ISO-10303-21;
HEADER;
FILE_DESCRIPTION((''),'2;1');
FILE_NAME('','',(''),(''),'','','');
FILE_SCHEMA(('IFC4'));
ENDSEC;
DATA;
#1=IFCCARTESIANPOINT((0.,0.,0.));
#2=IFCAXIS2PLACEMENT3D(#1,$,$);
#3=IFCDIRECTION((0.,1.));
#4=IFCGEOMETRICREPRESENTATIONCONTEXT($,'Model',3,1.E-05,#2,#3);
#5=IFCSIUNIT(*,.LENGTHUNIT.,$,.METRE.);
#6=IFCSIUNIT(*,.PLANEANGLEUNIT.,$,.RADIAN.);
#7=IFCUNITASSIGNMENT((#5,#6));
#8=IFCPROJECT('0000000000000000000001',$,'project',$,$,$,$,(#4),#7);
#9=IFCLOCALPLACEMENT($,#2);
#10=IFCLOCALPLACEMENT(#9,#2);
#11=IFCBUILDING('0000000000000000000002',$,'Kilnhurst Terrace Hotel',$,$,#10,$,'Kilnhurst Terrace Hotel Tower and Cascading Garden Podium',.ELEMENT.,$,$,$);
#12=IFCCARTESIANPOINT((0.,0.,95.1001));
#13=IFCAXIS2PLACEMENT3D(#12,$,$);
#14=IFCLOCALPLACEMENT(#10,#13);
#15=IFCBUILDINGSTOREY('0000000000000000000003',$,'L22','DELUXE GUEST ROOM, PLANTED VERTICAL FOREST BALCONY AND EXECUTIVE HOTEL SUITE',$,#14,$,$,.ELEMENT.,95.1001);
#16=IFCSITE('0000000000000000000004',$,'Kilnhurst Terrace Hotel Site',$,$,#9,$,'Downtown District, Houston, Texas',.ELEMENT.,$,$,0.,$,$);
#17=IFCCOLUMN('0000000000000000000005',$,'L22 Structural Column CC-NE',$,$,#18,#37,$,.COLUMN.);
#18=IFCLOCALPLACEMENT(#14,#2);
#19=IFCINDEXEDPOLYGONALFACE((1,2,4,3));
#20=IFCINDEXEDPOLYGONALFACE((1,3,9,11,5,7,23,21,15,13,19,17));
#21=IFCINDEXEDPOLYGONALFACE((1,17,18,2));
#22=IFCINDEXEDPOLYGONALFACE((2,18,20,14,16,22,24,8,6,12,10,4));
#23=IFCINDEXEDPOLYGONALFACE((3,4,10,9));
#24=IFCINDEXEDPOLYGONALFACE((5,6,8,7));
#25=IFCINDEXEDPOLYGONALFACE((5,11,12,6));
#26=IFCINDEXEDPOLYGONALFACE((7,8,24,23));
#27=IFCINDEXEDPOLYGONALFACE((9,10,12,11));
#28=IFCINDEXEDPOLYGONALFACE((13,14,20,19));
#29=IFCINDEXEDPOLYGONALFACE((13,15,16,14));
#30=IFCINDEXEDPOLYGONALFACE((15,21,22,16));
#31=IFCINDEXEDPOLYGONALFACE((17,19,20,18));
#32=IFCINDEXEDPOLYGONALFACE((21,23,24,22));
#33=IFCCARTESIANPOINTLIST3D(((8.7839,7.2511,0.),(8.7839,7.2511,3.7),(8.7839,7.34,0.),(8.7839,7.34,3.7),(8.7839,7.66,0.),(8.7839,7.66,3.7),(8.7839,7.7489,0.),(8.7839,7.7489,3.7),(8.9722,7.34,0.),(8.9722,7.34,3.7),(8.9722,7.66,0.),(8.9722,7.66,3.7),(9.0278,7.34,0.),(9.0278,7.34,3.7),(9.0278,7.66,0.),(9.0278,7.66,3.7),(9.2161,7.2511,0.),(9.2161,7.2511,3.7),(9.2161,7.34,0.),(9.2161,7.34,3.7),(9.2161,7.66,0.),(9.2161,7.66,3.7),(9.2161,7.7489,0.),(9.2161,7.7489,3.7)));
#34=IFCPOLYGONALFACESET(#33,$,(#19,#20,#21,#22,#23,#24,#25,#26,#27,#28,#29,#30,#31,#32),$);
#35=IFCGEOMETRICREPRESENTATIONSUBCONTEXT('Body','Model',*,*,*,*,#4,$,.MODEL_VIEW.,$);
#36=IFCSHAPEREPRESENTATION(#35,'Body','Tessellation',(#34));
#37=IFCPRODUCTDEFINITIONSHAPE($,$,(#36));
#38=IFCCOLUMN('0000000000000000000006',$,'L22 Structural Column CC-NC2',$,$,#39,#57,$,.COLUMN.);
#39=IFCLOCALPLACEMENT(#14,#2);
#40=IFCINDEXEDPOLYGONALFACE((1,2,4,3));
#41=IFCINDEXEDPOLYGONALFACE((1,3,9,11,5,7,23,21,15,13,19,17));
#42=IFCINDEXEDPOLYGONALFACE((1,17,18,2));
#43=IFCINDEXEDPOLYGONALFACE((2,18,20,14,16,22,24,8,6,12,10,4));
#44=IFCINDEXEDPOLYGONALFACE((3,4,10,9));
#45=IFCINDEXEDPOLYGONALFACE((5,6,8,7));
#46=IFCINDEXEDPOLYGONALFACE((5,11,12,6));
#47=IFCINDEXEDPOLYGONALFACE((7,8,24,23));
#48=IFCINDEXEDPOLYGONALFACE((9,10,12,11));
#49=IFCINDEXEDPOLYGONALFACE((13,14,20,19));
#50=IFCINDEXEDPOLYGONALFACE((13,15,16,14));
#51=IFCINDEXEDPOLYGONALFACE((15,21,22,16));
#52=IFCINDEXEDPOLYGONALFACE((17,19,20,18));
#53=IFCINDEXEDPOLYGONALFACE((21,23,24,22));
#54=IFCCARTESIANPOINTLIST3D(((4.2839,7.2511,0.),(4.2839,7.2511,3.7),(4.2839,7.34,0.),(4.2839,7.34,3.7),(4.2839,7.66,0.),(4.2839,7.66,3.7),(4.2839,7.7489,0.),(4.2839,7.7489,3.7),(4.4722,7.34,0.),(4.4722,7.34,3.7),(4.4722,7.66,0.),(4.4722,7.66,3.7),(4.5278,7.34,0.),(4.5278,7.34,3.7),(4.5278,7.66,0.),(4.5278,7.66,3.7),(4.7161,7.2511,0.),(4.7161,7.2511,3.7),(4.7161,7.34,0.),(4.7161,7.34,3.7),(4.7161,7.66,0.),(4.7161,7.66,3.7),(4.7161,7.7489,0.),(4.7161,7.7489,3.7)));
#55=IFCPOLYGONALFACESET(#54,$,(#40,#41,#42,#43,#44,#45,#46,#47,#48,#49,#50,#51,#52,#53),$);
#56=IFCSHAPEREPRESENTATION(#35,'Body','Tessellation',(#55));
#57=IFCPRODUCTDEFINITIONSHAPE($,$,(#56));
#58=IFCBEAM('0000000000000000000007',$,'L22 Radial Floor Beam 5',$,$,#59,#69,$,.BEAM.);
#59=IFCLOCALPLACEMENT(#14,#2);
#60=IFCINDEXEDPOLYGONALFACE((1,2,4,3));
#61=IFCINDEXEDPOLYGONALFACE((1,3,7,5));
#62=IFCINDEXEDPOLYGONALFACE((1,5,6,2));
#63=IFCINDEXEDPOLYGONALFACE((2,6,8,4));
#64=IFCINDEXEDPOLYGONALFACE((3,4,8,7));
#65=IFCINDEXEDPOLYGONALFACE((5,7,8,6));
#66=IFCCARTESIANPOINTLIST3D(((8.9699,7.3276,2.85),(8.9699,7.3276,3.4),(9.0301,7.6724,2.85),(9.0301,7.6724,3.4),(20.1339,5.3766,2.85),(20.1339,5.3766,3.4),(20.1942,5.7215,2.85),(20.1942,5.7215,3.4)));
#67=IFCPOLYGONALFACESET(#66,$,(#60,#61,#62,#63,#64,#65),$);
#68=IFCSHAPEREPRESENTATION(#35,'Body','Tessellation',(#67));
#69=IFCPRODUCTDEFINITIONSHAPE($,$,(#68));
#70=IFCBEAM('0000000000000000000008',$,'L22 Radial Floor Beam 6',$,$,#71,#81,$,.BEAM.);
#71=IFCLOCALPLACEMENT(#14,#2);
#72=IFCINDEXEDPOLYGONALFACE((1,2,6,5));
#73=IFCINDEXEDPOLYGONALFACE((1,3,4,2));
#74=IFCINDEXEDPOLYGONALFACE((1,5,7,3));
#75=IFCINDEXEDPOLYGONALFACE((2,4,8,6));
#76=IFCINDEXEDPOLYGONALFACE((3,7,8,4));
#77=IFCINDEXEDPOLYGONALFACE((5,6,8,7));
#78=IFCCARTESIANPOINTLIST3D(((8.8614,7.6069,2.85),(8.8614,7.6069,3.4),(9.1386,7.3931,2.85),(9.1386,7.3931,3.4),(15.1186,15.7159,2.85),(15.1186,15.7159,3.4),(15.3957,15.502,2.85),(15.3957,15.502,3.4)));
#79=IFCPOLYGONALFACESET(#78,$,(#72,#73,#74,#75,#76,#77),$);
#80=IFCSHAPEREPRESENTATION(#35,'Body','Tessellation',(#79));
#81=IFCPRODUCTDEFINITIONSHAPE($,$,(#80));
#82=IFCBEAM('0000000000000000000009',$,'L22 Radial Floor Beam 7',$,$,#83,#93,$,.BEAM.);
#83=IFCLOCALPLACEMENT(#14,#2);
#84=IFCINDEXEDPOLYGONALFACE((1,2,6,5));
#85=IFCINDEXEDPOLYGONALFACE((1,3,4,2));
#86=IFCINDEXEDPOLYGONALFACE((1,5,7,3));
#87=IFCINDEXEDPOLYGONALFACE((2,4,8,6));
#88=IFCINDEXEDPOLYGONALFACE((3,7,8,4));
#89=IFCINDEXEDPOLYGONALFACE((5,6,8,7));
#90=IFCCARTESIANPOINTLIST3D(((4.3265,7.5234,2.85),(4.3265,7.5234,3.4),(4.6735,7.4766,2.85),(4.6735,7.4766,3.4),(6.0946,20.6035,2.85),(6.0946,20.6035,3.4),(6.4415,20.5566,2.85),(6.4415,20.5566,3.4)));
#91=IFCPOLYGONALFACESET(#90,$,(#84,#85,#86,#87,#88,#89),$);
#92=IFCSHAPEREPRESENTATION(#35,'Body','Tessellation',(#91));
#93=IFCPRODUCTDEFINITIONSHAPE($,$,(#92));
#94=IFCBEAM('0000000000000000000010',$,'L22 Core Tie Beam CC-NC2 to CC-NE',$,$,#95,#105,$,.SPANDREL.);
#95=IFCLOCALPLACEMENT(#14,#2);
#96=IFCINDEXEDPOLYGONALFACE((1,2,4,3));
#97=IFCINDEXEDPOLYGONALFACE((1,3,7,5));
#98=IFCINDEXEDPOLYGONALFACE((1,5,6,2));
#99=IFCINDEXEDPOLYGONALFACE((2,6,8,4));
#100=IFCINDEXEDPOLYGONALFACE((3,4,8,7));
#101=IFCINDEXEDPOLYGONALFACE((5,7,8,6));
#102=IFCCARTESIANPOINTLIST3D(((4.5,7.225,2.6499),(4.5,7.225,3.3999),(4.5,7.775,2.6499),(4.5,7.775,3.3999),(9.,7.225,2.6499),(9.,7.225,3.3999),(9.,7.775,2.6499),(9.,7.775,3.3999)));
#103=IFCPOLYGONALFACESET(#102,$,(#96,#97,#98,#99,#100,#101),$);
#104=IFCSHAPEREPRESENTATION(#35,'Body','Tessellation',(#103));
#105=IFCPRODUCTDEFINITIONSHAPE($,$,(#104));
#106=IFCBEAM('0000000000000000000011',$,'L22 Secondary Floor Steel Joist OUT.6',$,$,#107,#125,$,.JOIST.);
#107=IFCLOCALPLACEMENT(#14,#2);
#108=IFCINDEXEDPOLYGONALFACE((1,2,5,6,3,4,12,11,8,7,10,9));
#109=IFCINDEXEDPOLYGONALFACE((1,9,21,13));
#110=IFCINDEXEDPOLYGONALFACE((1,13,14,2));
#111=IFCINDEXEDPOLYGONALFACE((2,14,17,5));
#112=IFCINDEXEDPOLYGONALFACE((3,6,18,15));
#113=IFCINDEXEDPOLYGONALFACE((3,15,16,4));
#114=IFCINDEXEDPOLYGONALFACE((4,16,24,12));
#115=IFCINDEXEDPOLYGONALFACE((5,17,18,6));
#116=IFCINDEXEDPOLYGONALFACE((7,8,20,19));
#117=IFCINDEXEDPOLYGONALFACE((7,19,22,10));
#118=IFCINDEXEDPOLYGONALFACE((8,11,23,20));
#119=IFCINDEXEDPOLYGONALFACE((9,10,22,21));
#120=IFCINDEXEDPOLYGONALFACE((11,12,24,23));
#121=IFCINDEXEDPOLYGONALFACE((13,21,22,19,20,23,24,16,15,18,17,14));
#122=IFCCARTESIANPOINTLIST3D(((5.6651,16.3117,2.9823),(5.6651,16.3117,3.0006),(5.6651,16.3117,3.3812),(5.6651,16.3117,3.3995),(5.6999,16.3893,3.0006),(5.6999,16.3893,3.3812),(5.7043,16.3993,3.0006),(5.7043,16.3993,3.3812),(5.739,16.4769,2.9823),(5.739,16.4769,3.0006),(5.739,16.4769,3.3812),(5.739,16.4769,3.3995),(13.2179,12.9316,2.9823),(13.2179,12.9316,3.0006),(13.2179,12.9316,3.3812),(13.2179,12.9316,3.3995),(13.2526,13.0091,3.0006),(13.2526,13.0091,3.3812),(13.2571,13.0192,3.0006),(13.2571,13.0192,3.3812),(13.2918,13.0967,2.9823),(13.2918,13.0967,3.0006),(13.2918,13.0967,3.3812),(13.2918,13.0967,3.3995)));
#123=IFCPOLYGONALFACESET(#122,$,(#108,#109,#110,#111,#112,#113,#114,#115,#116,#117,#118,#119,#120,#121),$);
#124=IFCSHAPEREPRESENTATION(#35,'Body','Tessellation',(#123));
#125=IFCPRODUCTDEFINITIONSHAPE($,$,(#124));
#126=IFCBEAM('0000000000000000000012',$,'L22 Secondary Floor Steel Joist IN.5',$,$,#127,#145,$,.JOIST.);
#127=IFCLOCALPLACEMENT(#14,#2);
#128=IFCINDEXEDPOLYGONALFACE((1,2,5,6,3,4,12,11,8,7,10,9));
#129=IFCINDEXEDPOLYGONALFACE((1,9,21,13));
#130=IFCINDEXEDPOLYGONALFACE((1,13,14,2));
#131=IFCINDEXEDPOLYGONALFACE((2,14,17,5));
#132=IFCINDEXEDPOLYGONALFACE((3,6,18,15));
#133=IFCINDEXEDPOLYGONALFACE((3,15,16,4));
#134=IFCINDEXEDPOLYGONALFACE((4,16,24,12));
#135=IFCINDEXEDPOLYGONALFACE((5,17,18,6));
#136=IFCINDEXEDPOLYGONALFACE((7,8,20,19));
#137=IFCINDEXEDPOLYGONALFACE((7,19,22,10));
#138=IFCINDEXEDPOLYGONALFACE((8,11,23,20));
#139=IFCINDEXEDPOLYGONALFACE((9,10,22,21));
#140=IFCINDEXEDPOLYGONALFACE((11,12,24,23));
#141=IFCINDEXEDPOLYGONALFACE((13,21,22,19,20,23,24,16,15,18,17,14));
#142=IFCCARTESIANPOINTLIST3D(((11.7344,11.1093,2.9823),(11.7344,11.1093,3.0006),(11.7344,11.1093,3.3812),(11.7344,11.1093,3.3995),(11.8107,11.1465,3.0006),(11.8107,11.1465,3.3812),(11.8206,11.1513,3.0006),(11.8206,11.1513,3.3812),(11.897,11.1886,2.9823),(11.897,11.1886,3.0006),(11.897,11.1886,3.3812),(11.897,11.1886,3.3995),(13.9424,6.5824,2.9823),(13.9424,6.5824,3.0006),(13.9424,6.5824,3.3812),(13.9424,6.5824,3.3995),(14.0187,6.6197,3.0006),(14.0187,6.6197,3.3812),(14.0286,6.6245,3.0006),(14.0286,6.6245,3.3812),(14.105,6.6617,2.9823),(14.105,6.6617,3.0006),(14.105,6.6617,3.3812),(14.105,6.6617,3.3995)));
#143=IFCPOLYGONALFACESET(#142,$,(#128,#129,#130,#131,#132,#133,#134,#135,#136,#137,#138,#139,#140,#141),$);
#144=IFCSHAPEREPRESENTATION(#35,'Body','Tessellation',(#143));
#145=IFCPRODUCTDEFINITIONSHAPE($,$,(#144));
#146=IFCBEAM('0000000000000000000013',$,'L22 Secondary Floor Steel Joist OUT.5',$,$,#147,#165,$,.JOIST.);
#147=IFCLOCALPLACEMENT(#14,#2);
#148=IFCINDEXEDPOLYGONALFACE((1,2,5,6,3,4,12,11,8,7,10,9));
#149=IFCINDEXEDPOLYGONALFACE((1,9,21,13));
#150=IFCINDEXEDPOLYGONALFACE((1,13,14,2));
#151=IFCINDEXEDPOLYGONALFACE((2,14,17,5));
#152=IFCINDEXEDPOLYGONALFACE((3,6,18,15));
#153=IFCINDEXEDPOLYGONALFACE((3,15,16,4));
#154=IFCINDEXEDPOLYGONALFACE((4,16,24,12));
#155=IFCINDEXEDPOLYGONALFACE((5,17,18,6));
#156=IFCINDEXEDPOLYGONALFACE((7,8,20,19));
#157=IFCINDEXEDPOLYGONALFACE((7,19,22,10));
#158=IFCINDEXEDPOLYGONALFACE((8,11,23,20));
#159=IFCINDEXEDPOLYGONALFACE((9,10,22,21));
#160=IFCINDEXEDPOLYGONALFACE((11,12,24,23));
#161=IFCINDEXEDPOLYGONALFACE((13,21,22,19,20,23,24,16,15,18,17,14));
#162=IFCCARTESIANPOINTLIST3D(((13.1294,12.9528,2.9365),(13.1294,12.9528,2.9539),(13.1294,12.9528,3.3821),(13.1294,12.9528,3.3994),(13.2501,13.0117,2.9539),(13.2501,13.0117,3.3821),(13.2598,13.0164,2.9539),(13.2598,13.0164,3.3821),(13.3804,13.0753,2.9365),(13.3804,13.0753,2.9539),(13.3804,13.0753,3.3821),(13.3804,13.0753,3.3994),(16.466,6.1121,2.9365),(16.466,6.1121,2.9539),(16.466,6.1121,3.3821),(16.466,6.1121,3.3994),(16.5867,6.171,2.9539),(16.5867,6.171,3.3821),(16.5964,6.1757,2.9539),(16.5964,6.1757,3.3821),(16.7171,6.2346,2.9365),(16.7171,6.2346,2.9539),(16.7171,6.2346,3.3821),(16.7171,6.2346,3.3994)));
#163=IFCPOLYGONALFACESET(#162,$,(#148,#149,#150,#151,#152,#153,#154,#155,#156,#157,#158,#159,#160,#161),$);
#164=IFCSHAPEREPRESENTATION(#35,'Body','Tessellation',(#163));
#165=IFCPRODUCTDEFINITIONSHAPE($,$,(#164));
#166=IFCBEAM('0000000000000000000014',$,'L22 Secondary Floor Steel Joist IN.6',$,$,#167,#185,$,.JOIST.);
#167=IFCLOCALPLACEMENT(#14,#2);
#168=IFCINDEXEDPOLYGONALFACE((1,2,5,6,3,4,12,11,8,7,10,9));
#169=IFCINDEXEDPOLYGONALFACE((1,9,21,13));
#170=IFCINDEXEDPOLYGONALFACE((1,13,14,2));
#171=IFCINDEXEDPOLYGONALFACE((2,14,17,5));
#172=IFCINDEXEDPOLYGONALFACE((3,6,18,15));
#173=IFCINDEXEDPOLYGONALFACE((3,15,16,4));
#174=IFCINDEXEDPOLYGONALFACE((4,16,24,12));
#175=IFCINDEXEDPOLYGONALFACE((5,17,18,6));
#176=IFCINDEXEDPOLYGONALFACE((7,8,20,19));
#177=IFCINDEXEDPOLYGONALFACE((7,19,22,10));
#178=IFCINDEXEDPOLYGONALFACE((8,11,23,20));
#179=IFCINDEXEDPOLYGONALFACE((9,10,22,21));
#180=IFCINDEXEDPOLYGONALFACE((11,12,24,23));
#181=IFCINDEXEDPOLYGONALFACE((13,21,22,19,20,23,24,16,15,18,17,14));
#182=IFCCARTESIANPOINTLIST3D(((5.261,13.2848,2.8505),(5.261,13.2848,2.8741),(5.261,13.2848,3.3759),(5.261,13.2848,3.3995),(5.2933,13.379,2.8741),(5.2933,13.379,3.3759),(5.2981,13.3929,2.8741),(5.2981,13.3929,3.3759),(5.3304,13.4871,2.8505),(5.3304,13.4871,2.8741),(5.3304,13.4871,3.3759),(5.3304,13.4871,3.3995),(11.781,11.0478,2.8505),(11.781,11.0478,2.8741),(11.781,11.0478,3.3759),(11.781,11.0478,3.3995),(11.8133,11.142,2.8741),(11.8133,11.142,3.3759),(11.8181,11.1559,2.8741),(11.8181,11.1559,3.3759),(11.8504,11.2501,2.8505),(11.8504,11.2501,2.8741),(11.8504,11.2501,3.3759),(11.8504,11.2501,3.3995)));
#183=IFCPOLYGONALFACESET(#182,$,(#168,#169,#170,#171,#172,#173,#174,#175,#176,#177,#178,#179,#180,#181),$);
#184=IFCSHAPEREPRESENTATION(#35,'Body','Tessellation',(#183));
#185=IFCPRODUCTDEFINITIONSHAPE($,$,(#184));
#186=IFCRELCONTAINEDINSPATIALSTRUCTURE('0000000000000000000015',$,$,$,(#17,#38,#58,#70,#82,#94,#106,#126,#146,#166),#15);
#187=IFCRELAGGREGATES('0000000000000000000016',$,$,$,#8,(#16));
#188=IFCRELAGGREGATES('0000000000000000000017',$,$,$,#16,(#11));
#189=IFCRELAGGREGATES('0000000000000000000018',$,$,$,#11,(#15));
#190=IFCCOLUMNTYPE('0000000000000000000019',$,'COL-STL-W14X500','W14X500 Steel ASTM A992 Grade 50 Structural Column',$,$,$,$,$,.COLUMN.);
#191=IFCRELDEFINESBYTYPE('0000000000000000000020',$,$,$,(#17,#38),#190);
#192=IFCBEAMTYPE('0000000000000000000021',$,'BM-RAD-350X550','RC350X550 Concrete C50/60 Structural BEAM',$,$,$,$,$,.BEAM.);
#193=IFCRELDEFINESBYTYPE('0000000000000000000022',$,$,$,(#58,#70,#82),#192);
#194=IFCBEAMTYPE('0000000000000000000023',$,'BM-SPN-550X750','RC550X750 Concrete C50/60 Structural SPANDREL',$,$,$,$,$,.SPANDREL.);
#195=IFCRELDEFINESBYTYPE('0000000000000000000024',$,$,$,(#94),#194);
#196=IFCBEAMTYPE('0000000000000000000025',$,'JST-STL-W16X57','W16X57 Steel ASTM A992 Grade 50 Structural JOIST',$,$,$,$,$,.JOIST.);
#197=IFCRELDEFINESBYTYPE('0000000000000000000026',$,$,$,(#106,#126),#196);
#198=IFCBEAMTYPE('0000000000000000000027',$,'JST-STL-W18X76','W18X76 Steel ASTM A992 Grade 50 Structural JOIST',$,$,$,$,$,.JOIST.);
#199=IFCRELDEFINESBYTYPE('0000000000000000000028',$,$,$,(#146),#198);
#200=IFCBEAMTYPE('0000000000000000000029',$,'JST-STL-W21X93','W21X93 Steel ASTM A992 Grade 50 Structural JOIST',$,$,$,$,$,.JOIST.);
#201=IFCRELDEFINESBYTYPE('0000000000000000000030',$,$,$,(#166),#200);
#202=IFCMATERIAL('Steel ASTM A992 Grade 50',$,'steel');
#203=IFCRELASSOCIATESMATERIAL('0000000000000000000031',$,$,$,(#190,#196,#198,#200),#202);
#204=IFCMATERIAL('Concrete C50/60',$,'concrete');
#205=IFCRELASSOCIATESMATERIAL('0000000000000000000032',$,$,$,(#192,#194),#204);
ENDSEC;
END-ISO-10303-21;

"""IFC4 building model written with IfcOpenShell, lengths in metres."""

from ifc_helpers import new_model, si_unit, direction, frame, origin, origin_2d, place, context, subcontext, project, spatial, rectangle, i_section, extrude, material, material_profile, profile_set, type_object, element, save


model = new_model("IFC4")

# Units and contexts
model_context = context("Model", 3, precision=1e-05, world=origin(), true_north=direction((0.0, 1.0)))
body_context = subcontext(model_context, "Body", "Model", "MODEL_VIEW")
ifc_project = project(units=[si_unit("LENGTHUNIT", "METRE"), si_unit("PLANEANGLEUNIT", "RADIAN")], contexts=[model_context])

# Site, building, storey
site_placement = place(None, origin())
site = spatial("IfcSite", under=ifc_project, at=site_placement, Name="Kilnhurst Terrace Hotel Site", LongName="Downtown District, Houston, Texas", CompositionType="ELEMENT", RefElevation=0.0)
building_placement = place(site_placement, origin())
building = spatial("IfcBuilding", under=site, at=building_placement, Name="Kilnhurst Terrace Hotel", LongName="Kilnhurst Terrace Hotel Tower and Cascading Garden Podium", CompositionType="ELEMENT")
storey_placement = place(building_placement, frame((0.0, 0.0, 95.1001)))
storey = spatial("IfcBuildingStorey", under=building, at=storey_placement, Name="L22", Description="DELUXE GUEST ROOM, PLANTED VERTICAL FOREST BALCONY AND EXECUTIVE HOTEL SUITE", CompositionType="ELEMENT", Elevation=95.1001)

# Columns
ifc_material_1 = material(Name="Steel ASTM A992 Grade 50", Category="steel")
ifc_material_profile_1 = material_profile(ifc_material_1, i_section(OverallWidth=0.4321, OverallDepth=0.4978, WebThickness=0.0557, FlangeThickness=0.0889, at=origin_2d()), Name="W14X500")
ifc_profile_set_1 = profile_set([ifc_material_profile_1], Name="Steel ASTM A992 Grade 50")
column_type = type_object("IfcColumnType", Name="COL-STL-W14X500", Description="W14X500 Steel ASTM A992 Grade 50 Structural Column", PredefinedType="COLUMN", material=ifc_profile_set_1)
for number, where, z_axis, x_axis, name in (
    (1, (9.0, 7.5, 0.0), (0.0, 0.0, 1.0), (1.0, 0.0, 0.0), "L22 Structural Column CC-NE"),
    (2, (4.5, 7.5, 0.0), (0.0, 0.0, 1.0), (1.0, 0.0, 0.0), "L22 Structural Column CC-NC2"),
):
    element("IfcColumn", number, at=place(storey_placement, frame(where, z_axis=z_axis, x_axis=x_axis)), inside=storey, type_object=column_type, Name=name, PredefinedType="COLUMN", context=body_context, shape_type="SweptSolid", body=[
        extrude(i_section(OverallWidth=0.4321, OverallDepth=0.4978, WebThickness=0.0557, FlangeThickness=0.0889, at=origin_2d()), origin(), (0.0, 0.0, 1.0), 3.7),
    ])

# Beams
ifc_material_2 = material(Name="Concrete C50/60", Category="concrete")
ifc_material_profile_2 = material_profile(ifc_material_2, rectangle(XDim=0.3501, YDim=0.55, at=origin_2d()), Name="RC350X550")
ifc_profile_set_2 = profile_set([ifc_material_profile_2], Name="Concrete C50/60")
beam_type_1 = type_object("IfcBeamType", Name="BM-RAD-350X550", Description="RC350X550 Concrete C50/60 Structural BEAM", PredefinedType="BEAM", material=ifc_profile_set_2)
beam_1_placement = place(storey_placement, frame((9.0, 7.5, 3.125), z_axis=(0.985072, -0.172142, 0.0), x_axis=(0.172142, 0.985072, 0.0)))
element("IfcBeam", 3, at=beam_1_placement, inside=storey, type_object=beam_type_1, Name="L22 Radial Floor Beam 5", PredefinedType="BEAM", context=body_context, shape_type="SweptSolid", body=[
    extrude(rectangle(XDim=0.3501, YDim=0.55, at=origin_2d()), origin(), (0.0, 0.0, 1.0), 11.3333),
])
beam_2_placement = place(storey_placement, frame((9.0, 7.5, 3.125), z_axis=(0.610905, 0.791704, 0.0), x_axis=(-0.791704, 0.610905, 0.0)))
element("IfcBeam", 4, at=beam_2_placement, inside=storey, type_object=beam_type_1, Name="L22 Radial Floor Beam 6", PredefinedType="BEAM", context=body_context, shape_type="SweptSolid", body=[
    extrude(rectangle(XDim=0.3501, YDim=0.55, at=origin_2d()), origin(), (0.0, 0.0, 1.0), 10.2424),
])
beam_3_placement = place(storey_placement, frame((4.5, 7.5, 3.125), z_axis=(0.133954, 0.990988, 0.0), x_axis=(-0.990988, 0.133954, 0.0)))
element("IfcBeam", 5, at=beam_3_placement, inside=storey, type_object=beam_type_1, Name="L22 Radial Floor Beam 7", PredefinedType="BEAM", context=body_context, shape_type="SweptSolid", body=[
    extrude(rectangle(XDim=0.3501, YDim=0.55, at=origin_2d()), origin(), (0.0, 0.0, 1.0), 13.199),
])
ifc_material_profile_3 = material_profile(ifc_material_2, rectangle(XDim=0.55, YDim=0.75, at=origin_2d()), Name="RC550X750")
ifc_profile_set_3 = profile_set([ifc_material_profile_3], Name="Concrete C50/60")
beam_type_2 = type_object("IfcBeamType", Name="BM-SPN-550X750", Description="RC550X750 Concrete C50/60 Structural SPANDREL", PredefinedType="SPANDREL", material=ifc_profile_set_3)
beam_4_placement = place(storey_placement, frame((4.5, 7.5, 3.0249), z_axis=(1.0, 0.0, 0.0), x_axis=(0.0, 1.0, 0.0)))
element("IfcBeam", 6, at=beam_4_placement, inside=storey, type_object=beam_type_2, Name="L22 Core Tie Beam CC-NC2 to CC-NE", PredefinedType="SPANDREL", context=body_context, shape_type="SweptSolid", body=[
    extrude(rectangle(XDim=0.55, YDim=0.75, at=origin_2d()), origin(), (0.0, 0.0, 1.0), 4.5),
])
ifc_material_profile_4 = material_profile(ifc_material_1, i_section(OverallWidth=0.1809, OverallDepth=0.4172, WebThickness=0.011, FlangeThickness=0.0183, at=origin_2d()), Name="W16X57")
ifc_profile_set_4 = profile_set([ifc_material_profile_4], Name="Steel ASTM A992 Grade 50")
beam_type_3 = type_object("IfcBeamType", Name="JST-STL-W16X57", Description="W16X57 Steel ASTM A992 Grade 50 Structural JOIST", PredefinedType="JOIST", material=ifc_profile_set_4)
beam_5_placement = place(storey_placement, frame((13.2549, 13.0142, 3.1909), z_axis=(-0.912761, 0.408494, 0.0), x_axis=(-0.408494, -0.912761, 0.0)))
element("IfcBeam", 7, at=beam_5_placement, inside=storey, type_object=beam_type_3, Name="L22 Secondary Floor Steel Joist OUT.6", PredefinedType="JOIST", context=body_context, shape_type="SweptSolid", body=[
    extrude(i_section(OverallWidth=0.1809, OverallDepth=0.4172, WebThickness=0.011, FlangeThickness=0.0183, at=origin_2d()), origin(), (0.0, 0.0, 1.0), 8.2747),
])
beam_6_placement = place(storey_placement, frame((14.0237, 6.6221, 3.1909), z_axis=(-0.438389, 0.898785, 0.0), x_axis=(-0.898785, -0.438389, 0.0)))
element("IfcBeam", 8, at=beam_6_placement, inside=storey, type_object=beam_type_3, Name="L22 Secondary Floor Steel Joist IN.5", PredefinedType="JOIST", context=body_context, shape_type="SweptSolid", body=[
    extrude(i_section(OverallWidth=0.1809, OverallDepth=0.4172, WebThickness=0.011, FlangeThickness=0.0183, at=origin_2d()), origin(), (0.0, 0.0, 1.0), 5.0366),
])
ifc_material_profile_5 = material_profile(ifc_material_1, i_section(OverallWidth=0.2793, OverallDepth=0.4629, WebThickness=0.0107, FlangeThickness=0.0173, at=origin_2d()), Name="W18X76")
ifc_profile_set_5 = profile_set([ifc_material_profile_5], Name="Steel ASTM A992 Grade 50")
beam_type_4 = type_object("IfcBeamType", Name="JST-STL-W18X76", Description="W18X76 Steel ASTM A992 Grade 50 Structural JOIST", PredefinedType="JOIST", material=ifc_profile_set_5)
beam_7_placement = place(storey_placement, frame((16.5916, 6.1733, 3.168), z_axis=(-0.43839, 0.898785, 0.0), x_axis=(-0.898785, -0.43839, 0.0)))
element("IfcBeam", 9, at=beam_7_placement, inside=storey, type_object=beam_type_4, Name="L22 Secondary Floor Steel Joist OUT.5", PredefinedType="JOIST", context=body_context, shape_type="SweptSolid", body=[
    extrude(i_section(OverallWidth=0.2793, OverallDepth=0.4629, WebThickness=0.0107, FlangeThickness=0.0173, at=origin_2d()), origin(), (0.0, 0.0, 1.0), 7.6111),
])
ifc_material_profile_6 = material_profile(ifc_material_1, i_section(OverallWidth=0.2139, OverallDepth=0.5491, WebThickness=0.0146, FlangeThickness=0.0237, at=origin_2d()), Name="W21X93")
ifc_profile_set_6 = profile_set([ifc_material_profile_6], Name="Steel ASTM A992 Grade 50")
beam_type_5 = type_object("IfcBeamType", Name="JST-STL-W21X93", Description="W21X93 Steel ASTM A992 Grade 50 Structural JOIST", PredefinedType="JOIST", material=ifc_profile_set_6)
beam_8_placement = place(storey_placement, frame((11.8157, 11.1489, 3.125), z_axis=(-0.945874, 0.324535, 0.0), x_axis=(-0.324535, -0.945874, 0.0)))
element("IfcBeam", 10, at=beam_8_placement, inside=storey, type_object=beam_type_5, Name="L22 Secondary Floor Steel Joist IN.6", PredefinedType="JOIST", context=body_context, shape_type="SweptSolid", body=[
    extrude(i_section(OverallWidth=0.2139, OverallDepth=0.5491, WebThickness=0.0146, FlangeThickness=0.0237, at=origin_2d()), origin(), (0.0, 0.0, 1.0), 6.8931),
])

save(model, "model.ifc")
